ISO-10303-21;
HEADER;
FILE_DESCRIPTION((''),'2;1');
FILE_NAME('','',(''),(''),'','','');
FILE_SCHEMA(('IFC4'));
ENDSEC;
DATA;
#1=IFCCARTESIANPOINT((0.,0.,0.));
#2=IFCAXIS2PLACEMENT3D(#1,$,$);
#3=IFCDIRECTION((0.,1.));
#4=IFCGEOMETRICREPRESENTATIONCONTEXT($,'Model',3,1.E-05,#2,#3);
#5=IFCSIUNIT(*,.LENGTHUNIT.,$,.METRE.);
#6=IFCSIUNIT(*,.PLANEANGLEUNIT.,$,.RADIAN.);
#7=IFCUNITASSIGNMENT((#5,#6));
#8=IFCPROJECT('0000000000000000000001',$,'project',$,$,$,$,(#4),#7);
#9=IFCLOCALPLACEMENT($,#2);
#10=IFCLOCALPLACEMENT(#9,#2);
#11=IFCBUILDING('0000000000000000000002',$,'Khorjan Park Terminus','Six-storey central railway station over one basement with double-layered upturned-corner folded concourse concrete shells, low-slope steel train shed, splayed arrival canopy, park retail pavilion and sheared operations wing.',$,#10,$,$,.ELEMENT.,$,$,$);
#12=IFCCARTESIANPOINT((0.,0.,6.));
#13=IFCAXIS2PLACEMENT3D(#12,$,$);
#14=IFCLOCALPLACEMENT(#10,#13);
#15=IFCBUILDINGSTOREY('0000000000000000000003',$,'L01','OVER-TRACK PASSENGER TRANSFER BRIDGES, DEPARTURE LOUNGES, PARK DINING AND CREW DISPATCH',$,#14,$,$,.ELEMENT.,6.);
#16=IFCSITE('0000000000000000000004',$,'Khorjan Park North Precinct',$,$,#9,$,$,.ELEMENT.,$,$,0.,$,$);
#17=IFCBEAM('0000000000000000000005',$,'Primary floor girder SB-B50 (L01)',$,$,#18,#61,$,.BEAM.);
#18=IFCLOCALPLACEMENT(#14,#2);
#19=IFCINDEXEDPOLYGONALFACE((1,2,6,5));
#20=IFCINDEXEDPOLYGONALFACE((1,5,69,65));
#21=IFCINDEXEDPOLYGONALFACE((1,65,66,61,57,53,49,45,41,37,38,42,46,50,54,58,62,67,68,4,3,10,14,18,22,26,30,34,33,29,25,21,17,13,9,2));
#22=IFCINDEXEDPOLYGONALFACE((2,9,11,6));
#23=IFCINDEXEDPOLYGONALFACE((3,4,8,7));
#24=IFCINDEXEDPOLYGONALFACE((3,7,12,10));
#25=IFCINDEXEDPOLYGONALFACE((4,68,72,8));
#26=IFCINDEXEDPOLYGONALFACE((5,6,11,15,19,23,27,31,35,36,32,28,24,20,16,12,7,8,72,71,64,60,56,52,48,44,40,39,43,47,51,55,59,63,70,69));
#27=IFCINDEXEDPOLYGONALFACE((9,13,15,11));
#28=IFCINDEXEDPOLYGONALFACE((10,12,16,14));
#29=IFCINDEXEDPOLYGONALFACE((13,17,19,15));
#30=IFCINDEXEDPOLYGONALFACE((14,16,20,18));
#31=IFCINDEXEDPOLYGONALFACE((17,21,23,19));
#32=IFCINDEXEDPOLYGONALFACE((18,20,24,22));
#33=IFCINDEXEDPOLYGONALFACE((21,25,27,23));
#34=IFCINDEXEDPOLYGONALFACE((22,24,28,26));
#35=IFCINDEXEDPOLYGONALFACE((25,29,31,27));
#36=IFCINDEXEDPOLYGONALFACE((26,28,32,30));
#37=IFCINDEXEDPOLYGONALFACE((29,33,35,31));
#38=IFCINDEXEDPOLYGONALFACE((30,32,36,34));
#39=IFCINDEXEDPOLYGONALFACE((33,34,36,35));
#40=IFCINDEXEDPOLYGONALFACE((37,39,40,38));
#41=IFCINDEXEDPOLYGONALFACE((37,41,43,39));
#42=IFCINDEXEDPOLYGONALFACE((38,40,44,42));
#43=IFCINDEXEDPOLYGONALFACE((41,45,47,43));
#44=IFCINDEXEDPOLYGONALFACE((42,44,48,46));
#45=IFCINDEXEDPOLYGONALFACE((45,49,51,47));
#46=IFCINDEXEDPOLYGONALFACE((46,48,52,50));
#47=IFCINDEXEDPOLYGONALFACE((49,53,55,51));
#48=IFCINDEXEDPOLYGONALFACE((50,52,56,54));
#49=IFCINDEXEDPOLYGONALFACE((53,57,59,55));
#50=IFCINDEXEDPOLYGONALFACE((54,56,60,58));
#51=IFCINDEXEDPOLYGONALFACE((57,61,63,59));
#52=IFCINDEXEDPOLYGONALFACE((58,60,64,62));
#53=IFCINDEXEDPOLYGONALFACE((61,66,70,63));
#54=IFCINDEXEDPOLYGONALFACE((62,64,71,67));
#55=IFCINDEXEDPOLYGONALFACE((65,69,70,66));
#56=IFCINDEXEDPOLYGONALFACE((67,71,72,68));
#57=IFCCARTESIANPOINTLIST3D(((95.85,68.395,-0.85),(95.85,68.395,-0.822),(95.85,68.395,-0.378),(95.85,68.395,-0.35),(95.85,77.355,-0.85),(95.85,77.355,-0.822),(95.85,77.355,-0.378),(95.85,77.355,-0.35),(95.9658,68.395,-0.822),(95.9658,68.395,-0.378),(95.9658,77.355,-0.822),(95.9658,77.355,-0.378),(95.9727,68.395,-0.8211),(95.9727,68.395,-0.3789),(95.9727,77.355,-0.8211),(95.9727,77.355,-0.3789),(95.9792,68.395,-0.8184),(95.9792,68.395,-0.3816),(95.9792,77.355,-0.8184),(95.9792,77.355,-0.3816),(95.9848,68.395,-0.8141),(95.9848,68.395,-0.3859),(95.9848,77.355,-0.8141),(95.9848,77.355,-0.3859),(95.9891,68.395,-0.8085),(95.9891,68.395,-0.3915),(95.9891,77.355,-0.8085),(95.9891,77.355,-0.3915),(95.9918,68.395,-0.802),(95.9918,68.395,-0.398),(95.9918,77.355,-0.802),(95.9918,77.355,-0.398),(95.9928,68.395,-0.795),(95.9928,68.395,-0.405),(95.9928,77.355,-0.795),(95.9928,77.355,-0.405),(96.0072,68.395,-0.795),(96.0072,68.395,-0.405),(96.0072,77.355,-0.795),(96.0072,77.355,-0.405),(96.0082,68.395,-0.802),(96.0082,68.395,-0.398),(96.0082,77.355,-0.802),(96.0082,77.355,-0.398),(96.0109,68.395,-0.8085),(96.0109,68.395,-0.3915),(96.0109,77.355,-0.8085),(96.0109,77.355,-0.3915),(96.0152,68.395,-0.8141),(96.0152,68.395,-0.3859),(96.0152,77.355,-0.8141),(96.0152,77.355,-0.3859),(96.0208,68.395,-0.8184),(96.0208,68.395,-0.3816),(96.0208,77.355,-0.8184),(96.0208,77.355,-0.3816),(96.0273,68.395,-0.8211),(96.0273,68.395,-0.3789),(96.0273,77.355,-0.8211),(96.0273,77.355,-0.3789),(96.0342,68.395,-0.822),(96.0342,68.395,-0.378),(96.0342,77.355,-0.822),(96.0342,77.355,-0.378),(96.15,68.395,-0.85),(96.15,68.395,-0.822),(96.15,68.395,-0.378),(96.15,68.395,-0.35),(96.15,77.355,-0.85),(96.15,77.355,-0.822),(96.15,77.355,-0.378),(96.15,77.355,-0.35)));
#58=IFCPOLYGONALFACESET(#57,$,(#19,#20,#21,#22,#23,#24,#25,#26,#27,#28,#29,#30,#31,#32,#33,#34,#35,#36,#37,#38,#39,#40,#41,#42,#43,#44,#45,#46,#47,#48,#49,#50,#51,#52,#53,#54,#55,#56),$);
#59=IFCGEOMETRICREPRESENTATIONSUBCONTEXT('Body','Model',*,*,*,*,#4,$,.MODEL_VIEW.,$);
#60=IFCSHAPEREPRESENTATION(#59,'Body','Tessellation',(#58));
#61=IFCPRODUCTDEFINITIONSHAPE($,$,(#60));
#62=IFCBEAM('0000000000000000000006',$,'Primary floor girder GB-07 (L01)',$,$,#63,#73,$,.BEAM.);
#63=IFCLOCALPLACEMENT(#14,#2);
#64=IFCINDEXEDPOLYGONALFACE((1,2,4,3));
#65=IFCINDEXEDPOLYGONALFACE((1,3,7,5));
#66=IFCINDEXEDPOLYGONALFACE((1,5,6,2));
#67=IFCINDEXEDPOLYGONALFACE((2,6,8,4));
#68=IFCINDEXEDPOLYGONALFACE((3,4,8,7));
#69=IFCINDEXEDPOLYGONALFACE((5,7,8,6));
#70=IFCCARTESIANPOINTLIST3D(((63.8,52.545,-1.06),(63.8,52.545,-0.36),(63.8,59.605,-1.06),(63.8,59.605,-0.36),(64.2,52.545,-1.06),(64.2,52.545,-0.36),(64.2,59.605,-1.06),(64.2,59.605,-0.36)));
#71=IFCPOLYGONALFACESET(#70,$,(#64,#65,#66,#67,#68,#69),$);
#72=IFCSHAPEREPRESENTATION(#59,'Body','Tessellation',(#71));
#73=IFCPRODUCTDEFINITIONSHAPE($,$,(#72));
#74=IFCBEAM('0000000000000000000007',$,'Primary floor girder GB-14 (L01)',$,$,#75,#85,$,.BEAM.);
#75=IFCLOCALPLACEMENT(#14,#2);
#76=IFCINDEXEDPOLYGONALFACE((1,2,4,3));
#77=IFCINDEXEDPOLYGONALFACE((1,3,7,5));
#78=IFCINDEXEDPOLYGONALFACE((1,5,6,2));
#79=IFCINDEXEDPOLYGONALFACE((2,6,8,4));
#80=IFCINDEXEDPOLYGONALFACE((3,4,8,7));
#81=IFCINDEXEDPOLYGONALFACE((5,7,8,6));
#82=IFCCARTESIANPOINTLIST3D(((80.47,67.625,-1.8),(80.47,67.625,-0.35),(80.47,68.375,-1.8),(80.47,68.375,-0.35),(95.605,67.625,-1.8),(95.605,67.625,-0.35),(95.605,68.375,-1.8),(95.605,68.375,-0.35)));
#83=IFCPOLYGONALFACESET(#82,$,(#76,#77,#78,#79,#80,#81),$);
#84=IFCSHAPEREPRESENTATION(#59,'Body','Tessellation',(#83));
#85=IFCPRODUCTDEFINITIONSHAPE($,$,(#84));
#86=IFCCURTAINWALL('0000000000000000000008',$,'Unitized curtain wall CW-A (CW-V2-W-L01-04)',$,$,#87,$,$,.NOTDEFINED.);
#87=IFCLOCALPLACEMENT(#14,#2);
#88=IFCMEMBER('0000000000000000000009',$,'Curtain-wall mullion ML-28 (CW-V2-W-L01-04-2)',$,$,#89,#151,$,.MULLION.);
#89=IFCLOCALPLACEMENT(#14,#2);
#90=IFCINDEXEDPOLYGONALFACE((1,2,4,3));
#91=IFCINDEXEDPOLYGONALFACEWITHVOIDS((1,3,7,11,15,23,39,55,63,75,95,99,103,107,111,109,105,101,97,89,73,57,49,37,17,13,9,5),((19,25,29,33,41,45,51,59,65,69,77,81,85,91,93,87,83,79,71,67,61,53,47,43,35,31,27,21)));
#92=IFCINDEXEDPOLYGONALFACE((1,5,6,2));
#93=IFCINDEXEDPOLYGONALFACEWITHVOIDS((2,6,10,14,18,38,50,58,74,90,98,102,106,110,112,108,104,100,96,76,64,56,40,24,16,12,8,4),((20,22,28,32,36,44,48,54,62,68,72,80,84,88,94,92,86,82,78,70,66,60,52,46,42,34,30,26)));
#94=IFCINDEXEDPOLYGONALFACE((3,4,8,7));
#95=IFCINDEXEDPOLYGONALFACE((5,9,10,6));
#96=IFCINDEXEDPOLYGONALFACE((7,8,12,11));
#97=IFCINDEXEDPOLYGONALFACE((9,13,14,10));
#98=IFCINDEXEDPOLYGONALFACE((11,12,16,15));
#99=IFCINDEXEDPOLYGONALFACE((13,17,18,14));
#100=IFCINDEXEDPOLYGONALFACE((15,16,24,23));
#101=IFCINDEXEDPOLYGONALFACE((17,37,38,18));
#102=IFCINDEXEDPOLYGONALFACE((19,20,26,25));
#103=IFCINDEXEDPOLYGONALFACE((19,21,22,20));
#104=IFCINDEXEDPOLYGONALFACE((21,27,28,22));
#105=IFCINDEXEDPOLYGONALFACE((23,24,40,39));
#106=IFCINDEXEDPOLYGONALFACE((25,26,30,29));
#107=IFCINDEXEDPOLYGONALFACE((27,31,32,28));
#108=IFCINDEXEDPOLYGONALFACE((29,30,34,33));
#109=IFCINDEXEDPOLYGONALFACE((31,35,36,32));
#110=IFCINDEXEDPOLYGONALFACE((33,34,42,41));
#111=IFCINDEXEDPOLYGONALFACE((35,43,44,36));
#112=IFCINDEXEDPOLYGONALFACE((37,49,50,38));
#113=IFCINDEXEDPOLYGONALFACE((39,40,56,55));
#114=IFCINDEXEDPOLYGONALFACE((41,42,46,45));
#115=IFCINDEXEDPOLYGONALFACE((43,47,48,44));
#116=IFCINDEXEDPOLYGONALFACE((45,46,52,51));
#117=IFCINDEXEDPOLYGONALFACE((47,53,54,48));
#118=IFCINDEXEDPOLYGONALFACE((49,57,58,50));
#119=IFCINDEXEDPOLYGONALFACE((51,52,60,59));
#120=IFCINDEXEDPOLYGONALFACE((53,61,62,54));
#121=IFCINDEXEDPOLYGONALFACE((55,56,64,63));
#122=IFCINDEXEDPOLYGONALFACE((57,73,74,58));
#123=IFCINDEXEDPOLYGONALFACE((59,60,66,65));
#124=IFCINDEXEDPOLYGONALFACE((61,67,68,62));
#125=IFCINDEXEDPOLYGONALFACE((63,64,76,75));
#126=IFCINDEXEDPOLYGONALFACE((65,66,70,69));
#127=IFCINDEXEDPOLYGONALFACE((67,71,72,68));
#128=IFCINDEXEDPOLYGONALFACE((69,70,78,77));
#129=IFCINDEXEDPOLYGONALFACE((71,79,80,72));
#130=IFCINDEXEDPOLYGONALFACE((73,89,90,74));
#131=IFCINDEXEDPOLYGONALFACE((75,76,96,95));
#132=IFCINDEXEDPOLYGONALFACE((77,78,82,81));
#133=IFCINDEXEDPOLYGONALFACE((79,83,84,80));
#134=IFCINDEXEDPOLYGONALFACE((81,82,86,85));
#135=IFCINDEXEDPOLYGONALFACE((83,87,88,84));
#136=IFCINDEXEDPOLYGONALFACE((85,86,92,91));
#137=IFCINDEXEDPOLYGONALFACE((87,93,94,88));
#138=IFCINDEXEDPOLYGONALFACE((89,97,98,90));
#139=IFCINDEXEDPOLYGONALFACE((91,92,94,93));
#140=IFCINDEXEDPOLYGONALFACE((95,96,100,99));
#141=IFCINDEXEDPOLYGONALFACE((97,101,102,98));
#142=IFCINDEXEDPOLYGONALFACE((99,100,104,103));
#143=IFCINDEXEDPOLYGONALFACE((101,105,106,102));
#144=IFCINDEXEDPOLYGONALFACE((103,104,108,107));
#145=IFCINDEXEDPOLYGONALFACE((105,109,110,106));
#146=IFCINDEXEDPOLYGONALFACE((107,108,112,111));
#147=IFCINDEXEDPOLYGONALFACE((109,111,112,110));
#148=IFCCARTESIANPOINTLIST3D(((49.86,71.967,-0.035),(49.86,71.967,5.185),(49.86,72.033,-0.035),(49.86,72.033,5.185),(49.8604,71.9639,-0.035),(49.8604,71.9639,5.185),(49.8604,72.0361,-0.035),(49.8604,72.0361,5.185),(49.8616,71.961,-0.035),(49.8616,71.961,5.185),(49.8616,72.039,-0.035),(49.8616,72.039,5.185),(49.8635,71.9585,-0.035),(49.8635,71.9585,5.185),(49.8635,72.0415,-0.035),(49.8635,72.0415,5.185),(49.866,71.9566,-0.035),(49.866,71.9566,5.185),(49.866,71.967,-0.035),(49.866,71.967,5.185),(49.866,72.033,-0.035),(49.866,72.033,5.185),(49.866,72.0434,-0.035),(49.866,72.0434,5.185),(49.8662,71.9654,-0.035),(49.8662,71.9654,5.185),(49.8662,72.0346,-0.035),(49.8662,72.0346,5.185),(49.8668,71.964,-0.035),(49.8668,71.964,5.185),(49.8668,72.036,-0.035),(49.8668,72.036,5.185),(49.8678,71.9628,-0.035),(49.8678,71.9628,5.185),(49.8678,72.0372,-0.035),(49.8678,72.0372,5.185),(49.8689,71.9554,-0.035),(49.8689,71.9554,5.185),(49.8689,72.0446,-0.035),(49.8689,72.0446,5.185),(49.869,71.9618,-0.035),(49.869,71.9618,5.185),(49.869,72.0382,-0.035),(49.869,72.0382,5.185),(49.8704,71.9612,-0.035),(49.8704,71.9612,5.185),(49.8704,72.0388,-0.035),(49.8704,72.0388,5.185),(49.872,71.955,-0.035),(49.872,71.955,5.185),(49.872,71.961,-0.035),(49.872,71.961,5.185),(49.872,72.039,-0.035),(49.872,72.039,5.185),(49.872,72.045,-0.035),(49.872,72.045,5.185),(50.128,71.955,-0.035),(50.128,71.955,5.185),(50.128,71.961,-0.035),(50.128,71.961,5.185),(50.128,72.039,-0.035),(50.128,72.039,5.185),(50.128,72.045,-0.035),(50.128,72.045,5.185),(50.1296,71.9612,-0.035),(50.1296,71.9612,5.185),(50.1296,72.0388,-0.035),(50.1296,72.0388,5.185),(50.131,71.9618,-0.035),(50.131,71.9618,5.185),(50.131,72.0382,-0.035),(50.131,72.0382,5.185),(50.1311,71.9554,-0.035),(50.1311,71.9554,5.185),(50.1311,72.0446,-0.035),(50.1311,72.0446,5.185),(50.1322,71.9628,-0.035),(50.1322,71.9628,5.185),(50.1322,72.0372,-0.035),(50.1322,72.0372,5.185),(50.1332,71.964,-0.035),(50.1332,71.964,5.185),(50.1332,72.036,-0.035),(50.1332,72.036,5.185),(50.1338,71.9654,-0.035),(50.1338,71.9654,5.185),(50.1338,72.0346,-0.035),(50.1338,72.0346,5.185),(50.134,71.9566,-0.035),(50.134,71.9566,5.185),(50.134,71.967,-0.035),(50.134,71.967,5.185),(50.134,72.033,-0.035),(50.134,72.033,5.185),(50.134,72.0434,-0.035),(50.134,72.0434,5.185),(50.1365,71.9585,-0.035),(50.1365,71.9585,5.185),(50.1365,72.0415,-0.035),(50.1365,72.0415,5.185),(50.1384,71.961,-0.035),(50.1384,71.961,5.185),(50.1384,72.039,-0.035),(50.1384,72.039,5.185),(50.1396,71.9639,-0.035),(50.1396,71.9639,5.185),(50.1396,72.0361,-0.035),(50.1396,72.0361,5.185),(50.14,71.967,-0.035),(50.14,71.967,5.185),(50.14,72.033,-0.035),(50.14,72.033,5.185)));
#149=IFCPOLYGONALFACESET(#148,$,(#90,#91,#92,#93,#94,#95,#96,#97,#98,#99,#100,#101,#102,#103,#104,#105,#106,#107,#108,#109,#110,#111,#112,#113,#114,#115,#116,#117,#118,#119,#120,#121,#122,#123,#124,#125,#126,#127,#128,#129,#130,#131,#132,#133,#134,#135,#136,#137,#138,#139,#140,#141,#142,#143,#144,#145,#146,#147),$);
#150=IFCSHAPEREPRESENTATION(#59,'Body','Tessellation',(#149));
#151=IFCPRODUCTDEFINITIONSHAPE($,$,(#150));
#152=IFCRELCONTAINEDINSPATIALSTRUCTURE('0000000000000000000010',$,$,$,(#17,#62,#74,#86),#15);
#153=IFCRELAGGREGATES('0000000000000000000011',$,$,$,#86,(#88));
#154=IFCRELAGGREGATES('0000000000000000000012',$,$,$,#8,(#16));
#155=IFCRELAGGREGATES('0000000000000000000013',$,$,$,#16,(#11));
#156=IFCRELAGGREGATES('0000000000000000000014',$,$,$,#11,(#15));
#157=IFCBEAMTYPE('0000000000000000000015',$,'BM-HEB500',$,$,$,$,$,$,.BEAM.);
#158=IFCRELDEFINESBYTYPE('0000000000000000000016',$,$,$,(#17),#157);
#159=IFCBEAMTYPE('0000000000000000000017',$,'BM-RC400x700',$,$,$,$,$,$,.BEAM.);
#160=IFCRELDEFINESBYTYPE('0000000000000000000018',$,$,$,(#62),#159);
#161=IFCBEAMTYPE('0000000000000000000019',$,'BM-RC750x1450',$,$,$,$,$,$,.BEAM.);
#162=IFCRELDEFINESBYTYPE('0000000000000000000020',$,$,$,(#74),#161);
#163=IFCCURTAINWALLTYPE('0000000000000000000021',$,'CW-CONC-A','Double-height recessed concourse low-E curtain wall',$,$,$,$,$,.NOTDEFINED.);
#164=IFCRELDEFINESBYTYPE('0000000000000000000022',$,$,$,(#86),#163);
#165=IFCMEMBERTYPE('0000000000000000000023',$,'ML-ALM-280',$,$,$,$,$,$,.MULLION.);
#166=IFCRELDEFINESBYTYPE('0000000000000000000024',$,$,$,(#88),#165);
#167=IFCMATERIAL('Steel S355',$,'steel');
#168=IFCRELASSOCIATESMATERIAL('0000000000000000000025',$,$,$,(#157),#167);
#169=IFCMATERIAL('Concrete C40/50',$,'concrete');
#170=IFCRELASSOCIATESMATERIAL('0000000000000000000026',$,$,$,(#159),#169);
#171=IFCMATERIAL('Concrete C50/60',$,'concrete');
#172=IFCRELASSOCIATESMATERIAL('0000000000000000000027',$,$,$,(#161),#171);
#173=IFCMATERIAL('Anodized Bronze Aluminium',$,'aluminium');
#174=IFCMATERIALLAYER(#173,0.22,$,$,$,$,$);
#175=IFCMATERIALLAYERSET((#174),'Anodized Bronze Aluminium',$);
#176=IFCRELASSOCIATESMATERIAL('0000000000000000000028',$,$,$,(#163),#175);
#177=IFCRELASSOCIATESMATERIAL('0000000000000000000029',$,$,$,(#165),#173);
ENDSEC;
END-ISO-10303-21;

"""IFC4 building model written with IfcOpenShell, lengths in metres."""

from ifc_helpers import new_model, si_unit, direction, frame, origin, origin_2d, place, context, subcontext, project, spatial, rectangle, hollow_rectangle, i_section, extrude, material, layer, layer_set, material_profile, profile_set, type_object, element, aggregate, save


model = new_model("IFC4")

# Units and contexts
model_context = context("Model", 3, precision=1e-05, world=origin(), true_north=direction((0.0, 1.0)))
body_context = subcontext(model_context, "Body", "Model", "MODEL_VIEW")
ifc_project = project(units=[si_unit("LENGTHUNIT", "METRE"), si_unit("PLANEANGLEUNIT", "RADIAN")], contexts=[model_context])

# Site, building, storey
site_placement = place(None, origin())
site = spatial("IfcSite", under=ifc_project, at=site_placement, Name="Khorjan Park North Precinct", CompositionType="ELEMENT", RefElevation=0.0)
building_placement = place(site_placement, origin())
building = spatial("IfcBuilding", under=site, at=building_placement, Name="Khorjan Park Terminus", Description="Six-storey central railway station over one basement with double-layered upturned-corner folded concourse concrete shells, low-slope steel train shed, splayed arrival canopy, park retail pavilion and sheared operations wing.", CompositionType="ELEMENT")
storey_placement = place(building_placement, frame((0.0, 0.0, 6.0)))
storey = spatial("IfcBuildingStorey", under=building, at=storey_placement, Name="L01", Description="OVER-TRACK PASSENGER TRANSFER BRIDGES, DEPARTURE LOUNGES, PARK DINING AND CREW DISPATCH", CompositionType="ELEMENT", Elevation=6.0)

# Shared definitions
ifc_material_1 = material(Name="Concrete C50/60", Category="concrete")

# Beams
ifc_material_2 = material(Name="Steel S355", Category="steel")
ifc_material_profile_1 = material_profile(ifc_material_2, i_section(OverallWidth=0.3, OverallDepth=0.5, WebThickness=0.0145, FlangeThickness=0.028, FilletRadius=0.027, at=origin_2d()), Name="HEB 500")
ifc_profile_set_1 = profile_set([ifc_material_profile_1], Name="Steel S355")
beam_type_1 = type_object("IfcBeamType", Name="BM-HEB500", PredefinedType="BEAM", material=ifc_profile_set_1)
beam_1_placement = place(storey_placement, frame((96.0, 68.395, -0.6), z_axis=(0.0, 1.0, 0.0), x_axis=(-1.0, 0.0, 0.0)))
element("IfcBeam", 1, at=beam_1_placement, inside=storey, type_object=beam_type_1, Name="Primary floor girder SB-B50 (L01)", PredefinedType="BEAM", context=body_context, shape_type="SweptSolid", body=[
    extrude(i_section(OverallWidth=0.3, OverallDepth=0.5, WebThickness=0.0145, FlangeThickness=0.028, FilletRadius=0.027, at=origin_2d()), origin(), (0.0, 0.0, 1.0), 8.96),
])
ifc_material_3 = material(Name="Concrete C40/50", Category="concrete")
ifc_material_profile_2 = material_profile(ifc_material_3, rectangle(XDim=0.4, YDim=0.7, at=origin_2d()), Name="RC 400x700")
ifc_profile_set_2 = profile_set([ifc_material_profile_2], Name="Concrete C40/50")
beam_type_2 = type_object("IfcBeamType", Name="BM-RC400x700", PredefinedType="BEAM", material=ifc_profile_set_2)
beam_2_placement = place(storey_placement, frame((64.0, 52.545, -0.71), z_axis=(0.0, 1.0, 0.0), x_axis=(-1.0, 0.0, 0.0)))
element("IfcBeam", 2, at=beam_2_placement, inside=storey, type_object=beam_type_2, Name="Primary floor girder GB-07 (L01)", PredefinedType="BEAM", context=body_context, shape_type="SweptSolid", body=[
    extrude(rectangle(XDim=0.4, YDim=0.7, at=origin_2d()), origin(), (0.0, 0.0, 1.0), 7.06),
])
ifc_material_profile_3 = material_profile(ifc_material_1, rectangle(XDim=0.75, YDim=1.45, at=origin_2d()), Name="RC 750x1450")
ifc_profile_set_3 = profile_set([ifc_material_profile_3], Name="Concrete C50/60")
beam_type_3 = type_object("IfcBeamType", Name="BM-RC750x1450", PredefinedType="BEAM", material=ifc_profile_set_3)
beam_3_placement = place(storey_placement, frame((80.47, 68.0, -1.075), z_axis=(1.0, 0.0, 0.0), x_axis=(0.0, 1.0, 0.0)))
element("IfcBeam", 3, at=beam_3_placement, inside=storey, type_object=beam_type_3, Name="Primary floor girder GB-14 (L01)", PredefinedType="BEAM", context=body_context, shape_type="SweptSolid", body=[
    extrude(rectangle(XDim=0.75, YDim=1.45, at=origin_2d()), origin(), (0.0, 0.0, 1.0), 15.135),
])

# Curtain wall, member
ifc_material_4 = material(Name="Anodized Bronze Aluminium", Category="aluminium")
ifc_layer_1 = layer(ifc_material_4, 0.22)
ifc_layer_set_1 = layer_set([ifc_layer_1], Name="Anodized Bronze Aluminium")
curtain_wall_type = type_object("IfcCurtainWallType", Name="CW-CONC-A", Description="Double-height recessed concourse low-E curtain wall", PredefinedType="NOTDEFINED", material=ifc_layer_set_1)
curtain_wall_placement = place(storey_placement, origin())
curtain_wall = element("IfcCurtainWall", 4, at=curtain_wall_placement, inside=storey, type_object=curtain_wall_type, Name="Unitized curtain wall CW-A (CW-V2-W-L01-04)", PredefinedType="NOTDEFINED")
ifc_material_profile_4 = material_profile(ifc_material_4, hollow_rectangle(XDim=0.09, YDim=0.28, WallThickness=0.006, InnerFilletRadius=0.006, OuterFilletRadius=0.012, at=origin_2d()), Name="ALM 90x280x6")
ifc_profile_set_4 = profile_set([ifc_material_profile_4], Name="Anodized Bronze Aluminium")
member_type_1 = type_object("IfcMemberType", Name="ML-ALM-280", PredefinedType="MULLION", material=ifc_profile_set_4)
member_1_placement = place(storey_placement, frame((50.0, 72.0, -0.035), z_axis=(0.0, 0.0, 1.0), x_axis=(0.0, -1.0, 0.0)))
member_1 = element("IfcMember", 5, at=member_1_placement, type_object=member_type_1, Name="Curtain-wall mullion ML-28 (CW-V2-W-L01-04-2)", PredefinedType="MULLION", context=body_context, shape_type="SweptSolid", body=[
    extrude(hollow_rectangle(XDim=0.09, YDim=0.28, WallThickness=0.006, InnerFilletRadius=0.006, OuterFilletRadius=0.012, at=origin_2d()), origin(), (0.0, 0.0, 1.0), 5.22),
])
aggregate(curtain_wall, [member_1])

save(model, "model.ifc")
